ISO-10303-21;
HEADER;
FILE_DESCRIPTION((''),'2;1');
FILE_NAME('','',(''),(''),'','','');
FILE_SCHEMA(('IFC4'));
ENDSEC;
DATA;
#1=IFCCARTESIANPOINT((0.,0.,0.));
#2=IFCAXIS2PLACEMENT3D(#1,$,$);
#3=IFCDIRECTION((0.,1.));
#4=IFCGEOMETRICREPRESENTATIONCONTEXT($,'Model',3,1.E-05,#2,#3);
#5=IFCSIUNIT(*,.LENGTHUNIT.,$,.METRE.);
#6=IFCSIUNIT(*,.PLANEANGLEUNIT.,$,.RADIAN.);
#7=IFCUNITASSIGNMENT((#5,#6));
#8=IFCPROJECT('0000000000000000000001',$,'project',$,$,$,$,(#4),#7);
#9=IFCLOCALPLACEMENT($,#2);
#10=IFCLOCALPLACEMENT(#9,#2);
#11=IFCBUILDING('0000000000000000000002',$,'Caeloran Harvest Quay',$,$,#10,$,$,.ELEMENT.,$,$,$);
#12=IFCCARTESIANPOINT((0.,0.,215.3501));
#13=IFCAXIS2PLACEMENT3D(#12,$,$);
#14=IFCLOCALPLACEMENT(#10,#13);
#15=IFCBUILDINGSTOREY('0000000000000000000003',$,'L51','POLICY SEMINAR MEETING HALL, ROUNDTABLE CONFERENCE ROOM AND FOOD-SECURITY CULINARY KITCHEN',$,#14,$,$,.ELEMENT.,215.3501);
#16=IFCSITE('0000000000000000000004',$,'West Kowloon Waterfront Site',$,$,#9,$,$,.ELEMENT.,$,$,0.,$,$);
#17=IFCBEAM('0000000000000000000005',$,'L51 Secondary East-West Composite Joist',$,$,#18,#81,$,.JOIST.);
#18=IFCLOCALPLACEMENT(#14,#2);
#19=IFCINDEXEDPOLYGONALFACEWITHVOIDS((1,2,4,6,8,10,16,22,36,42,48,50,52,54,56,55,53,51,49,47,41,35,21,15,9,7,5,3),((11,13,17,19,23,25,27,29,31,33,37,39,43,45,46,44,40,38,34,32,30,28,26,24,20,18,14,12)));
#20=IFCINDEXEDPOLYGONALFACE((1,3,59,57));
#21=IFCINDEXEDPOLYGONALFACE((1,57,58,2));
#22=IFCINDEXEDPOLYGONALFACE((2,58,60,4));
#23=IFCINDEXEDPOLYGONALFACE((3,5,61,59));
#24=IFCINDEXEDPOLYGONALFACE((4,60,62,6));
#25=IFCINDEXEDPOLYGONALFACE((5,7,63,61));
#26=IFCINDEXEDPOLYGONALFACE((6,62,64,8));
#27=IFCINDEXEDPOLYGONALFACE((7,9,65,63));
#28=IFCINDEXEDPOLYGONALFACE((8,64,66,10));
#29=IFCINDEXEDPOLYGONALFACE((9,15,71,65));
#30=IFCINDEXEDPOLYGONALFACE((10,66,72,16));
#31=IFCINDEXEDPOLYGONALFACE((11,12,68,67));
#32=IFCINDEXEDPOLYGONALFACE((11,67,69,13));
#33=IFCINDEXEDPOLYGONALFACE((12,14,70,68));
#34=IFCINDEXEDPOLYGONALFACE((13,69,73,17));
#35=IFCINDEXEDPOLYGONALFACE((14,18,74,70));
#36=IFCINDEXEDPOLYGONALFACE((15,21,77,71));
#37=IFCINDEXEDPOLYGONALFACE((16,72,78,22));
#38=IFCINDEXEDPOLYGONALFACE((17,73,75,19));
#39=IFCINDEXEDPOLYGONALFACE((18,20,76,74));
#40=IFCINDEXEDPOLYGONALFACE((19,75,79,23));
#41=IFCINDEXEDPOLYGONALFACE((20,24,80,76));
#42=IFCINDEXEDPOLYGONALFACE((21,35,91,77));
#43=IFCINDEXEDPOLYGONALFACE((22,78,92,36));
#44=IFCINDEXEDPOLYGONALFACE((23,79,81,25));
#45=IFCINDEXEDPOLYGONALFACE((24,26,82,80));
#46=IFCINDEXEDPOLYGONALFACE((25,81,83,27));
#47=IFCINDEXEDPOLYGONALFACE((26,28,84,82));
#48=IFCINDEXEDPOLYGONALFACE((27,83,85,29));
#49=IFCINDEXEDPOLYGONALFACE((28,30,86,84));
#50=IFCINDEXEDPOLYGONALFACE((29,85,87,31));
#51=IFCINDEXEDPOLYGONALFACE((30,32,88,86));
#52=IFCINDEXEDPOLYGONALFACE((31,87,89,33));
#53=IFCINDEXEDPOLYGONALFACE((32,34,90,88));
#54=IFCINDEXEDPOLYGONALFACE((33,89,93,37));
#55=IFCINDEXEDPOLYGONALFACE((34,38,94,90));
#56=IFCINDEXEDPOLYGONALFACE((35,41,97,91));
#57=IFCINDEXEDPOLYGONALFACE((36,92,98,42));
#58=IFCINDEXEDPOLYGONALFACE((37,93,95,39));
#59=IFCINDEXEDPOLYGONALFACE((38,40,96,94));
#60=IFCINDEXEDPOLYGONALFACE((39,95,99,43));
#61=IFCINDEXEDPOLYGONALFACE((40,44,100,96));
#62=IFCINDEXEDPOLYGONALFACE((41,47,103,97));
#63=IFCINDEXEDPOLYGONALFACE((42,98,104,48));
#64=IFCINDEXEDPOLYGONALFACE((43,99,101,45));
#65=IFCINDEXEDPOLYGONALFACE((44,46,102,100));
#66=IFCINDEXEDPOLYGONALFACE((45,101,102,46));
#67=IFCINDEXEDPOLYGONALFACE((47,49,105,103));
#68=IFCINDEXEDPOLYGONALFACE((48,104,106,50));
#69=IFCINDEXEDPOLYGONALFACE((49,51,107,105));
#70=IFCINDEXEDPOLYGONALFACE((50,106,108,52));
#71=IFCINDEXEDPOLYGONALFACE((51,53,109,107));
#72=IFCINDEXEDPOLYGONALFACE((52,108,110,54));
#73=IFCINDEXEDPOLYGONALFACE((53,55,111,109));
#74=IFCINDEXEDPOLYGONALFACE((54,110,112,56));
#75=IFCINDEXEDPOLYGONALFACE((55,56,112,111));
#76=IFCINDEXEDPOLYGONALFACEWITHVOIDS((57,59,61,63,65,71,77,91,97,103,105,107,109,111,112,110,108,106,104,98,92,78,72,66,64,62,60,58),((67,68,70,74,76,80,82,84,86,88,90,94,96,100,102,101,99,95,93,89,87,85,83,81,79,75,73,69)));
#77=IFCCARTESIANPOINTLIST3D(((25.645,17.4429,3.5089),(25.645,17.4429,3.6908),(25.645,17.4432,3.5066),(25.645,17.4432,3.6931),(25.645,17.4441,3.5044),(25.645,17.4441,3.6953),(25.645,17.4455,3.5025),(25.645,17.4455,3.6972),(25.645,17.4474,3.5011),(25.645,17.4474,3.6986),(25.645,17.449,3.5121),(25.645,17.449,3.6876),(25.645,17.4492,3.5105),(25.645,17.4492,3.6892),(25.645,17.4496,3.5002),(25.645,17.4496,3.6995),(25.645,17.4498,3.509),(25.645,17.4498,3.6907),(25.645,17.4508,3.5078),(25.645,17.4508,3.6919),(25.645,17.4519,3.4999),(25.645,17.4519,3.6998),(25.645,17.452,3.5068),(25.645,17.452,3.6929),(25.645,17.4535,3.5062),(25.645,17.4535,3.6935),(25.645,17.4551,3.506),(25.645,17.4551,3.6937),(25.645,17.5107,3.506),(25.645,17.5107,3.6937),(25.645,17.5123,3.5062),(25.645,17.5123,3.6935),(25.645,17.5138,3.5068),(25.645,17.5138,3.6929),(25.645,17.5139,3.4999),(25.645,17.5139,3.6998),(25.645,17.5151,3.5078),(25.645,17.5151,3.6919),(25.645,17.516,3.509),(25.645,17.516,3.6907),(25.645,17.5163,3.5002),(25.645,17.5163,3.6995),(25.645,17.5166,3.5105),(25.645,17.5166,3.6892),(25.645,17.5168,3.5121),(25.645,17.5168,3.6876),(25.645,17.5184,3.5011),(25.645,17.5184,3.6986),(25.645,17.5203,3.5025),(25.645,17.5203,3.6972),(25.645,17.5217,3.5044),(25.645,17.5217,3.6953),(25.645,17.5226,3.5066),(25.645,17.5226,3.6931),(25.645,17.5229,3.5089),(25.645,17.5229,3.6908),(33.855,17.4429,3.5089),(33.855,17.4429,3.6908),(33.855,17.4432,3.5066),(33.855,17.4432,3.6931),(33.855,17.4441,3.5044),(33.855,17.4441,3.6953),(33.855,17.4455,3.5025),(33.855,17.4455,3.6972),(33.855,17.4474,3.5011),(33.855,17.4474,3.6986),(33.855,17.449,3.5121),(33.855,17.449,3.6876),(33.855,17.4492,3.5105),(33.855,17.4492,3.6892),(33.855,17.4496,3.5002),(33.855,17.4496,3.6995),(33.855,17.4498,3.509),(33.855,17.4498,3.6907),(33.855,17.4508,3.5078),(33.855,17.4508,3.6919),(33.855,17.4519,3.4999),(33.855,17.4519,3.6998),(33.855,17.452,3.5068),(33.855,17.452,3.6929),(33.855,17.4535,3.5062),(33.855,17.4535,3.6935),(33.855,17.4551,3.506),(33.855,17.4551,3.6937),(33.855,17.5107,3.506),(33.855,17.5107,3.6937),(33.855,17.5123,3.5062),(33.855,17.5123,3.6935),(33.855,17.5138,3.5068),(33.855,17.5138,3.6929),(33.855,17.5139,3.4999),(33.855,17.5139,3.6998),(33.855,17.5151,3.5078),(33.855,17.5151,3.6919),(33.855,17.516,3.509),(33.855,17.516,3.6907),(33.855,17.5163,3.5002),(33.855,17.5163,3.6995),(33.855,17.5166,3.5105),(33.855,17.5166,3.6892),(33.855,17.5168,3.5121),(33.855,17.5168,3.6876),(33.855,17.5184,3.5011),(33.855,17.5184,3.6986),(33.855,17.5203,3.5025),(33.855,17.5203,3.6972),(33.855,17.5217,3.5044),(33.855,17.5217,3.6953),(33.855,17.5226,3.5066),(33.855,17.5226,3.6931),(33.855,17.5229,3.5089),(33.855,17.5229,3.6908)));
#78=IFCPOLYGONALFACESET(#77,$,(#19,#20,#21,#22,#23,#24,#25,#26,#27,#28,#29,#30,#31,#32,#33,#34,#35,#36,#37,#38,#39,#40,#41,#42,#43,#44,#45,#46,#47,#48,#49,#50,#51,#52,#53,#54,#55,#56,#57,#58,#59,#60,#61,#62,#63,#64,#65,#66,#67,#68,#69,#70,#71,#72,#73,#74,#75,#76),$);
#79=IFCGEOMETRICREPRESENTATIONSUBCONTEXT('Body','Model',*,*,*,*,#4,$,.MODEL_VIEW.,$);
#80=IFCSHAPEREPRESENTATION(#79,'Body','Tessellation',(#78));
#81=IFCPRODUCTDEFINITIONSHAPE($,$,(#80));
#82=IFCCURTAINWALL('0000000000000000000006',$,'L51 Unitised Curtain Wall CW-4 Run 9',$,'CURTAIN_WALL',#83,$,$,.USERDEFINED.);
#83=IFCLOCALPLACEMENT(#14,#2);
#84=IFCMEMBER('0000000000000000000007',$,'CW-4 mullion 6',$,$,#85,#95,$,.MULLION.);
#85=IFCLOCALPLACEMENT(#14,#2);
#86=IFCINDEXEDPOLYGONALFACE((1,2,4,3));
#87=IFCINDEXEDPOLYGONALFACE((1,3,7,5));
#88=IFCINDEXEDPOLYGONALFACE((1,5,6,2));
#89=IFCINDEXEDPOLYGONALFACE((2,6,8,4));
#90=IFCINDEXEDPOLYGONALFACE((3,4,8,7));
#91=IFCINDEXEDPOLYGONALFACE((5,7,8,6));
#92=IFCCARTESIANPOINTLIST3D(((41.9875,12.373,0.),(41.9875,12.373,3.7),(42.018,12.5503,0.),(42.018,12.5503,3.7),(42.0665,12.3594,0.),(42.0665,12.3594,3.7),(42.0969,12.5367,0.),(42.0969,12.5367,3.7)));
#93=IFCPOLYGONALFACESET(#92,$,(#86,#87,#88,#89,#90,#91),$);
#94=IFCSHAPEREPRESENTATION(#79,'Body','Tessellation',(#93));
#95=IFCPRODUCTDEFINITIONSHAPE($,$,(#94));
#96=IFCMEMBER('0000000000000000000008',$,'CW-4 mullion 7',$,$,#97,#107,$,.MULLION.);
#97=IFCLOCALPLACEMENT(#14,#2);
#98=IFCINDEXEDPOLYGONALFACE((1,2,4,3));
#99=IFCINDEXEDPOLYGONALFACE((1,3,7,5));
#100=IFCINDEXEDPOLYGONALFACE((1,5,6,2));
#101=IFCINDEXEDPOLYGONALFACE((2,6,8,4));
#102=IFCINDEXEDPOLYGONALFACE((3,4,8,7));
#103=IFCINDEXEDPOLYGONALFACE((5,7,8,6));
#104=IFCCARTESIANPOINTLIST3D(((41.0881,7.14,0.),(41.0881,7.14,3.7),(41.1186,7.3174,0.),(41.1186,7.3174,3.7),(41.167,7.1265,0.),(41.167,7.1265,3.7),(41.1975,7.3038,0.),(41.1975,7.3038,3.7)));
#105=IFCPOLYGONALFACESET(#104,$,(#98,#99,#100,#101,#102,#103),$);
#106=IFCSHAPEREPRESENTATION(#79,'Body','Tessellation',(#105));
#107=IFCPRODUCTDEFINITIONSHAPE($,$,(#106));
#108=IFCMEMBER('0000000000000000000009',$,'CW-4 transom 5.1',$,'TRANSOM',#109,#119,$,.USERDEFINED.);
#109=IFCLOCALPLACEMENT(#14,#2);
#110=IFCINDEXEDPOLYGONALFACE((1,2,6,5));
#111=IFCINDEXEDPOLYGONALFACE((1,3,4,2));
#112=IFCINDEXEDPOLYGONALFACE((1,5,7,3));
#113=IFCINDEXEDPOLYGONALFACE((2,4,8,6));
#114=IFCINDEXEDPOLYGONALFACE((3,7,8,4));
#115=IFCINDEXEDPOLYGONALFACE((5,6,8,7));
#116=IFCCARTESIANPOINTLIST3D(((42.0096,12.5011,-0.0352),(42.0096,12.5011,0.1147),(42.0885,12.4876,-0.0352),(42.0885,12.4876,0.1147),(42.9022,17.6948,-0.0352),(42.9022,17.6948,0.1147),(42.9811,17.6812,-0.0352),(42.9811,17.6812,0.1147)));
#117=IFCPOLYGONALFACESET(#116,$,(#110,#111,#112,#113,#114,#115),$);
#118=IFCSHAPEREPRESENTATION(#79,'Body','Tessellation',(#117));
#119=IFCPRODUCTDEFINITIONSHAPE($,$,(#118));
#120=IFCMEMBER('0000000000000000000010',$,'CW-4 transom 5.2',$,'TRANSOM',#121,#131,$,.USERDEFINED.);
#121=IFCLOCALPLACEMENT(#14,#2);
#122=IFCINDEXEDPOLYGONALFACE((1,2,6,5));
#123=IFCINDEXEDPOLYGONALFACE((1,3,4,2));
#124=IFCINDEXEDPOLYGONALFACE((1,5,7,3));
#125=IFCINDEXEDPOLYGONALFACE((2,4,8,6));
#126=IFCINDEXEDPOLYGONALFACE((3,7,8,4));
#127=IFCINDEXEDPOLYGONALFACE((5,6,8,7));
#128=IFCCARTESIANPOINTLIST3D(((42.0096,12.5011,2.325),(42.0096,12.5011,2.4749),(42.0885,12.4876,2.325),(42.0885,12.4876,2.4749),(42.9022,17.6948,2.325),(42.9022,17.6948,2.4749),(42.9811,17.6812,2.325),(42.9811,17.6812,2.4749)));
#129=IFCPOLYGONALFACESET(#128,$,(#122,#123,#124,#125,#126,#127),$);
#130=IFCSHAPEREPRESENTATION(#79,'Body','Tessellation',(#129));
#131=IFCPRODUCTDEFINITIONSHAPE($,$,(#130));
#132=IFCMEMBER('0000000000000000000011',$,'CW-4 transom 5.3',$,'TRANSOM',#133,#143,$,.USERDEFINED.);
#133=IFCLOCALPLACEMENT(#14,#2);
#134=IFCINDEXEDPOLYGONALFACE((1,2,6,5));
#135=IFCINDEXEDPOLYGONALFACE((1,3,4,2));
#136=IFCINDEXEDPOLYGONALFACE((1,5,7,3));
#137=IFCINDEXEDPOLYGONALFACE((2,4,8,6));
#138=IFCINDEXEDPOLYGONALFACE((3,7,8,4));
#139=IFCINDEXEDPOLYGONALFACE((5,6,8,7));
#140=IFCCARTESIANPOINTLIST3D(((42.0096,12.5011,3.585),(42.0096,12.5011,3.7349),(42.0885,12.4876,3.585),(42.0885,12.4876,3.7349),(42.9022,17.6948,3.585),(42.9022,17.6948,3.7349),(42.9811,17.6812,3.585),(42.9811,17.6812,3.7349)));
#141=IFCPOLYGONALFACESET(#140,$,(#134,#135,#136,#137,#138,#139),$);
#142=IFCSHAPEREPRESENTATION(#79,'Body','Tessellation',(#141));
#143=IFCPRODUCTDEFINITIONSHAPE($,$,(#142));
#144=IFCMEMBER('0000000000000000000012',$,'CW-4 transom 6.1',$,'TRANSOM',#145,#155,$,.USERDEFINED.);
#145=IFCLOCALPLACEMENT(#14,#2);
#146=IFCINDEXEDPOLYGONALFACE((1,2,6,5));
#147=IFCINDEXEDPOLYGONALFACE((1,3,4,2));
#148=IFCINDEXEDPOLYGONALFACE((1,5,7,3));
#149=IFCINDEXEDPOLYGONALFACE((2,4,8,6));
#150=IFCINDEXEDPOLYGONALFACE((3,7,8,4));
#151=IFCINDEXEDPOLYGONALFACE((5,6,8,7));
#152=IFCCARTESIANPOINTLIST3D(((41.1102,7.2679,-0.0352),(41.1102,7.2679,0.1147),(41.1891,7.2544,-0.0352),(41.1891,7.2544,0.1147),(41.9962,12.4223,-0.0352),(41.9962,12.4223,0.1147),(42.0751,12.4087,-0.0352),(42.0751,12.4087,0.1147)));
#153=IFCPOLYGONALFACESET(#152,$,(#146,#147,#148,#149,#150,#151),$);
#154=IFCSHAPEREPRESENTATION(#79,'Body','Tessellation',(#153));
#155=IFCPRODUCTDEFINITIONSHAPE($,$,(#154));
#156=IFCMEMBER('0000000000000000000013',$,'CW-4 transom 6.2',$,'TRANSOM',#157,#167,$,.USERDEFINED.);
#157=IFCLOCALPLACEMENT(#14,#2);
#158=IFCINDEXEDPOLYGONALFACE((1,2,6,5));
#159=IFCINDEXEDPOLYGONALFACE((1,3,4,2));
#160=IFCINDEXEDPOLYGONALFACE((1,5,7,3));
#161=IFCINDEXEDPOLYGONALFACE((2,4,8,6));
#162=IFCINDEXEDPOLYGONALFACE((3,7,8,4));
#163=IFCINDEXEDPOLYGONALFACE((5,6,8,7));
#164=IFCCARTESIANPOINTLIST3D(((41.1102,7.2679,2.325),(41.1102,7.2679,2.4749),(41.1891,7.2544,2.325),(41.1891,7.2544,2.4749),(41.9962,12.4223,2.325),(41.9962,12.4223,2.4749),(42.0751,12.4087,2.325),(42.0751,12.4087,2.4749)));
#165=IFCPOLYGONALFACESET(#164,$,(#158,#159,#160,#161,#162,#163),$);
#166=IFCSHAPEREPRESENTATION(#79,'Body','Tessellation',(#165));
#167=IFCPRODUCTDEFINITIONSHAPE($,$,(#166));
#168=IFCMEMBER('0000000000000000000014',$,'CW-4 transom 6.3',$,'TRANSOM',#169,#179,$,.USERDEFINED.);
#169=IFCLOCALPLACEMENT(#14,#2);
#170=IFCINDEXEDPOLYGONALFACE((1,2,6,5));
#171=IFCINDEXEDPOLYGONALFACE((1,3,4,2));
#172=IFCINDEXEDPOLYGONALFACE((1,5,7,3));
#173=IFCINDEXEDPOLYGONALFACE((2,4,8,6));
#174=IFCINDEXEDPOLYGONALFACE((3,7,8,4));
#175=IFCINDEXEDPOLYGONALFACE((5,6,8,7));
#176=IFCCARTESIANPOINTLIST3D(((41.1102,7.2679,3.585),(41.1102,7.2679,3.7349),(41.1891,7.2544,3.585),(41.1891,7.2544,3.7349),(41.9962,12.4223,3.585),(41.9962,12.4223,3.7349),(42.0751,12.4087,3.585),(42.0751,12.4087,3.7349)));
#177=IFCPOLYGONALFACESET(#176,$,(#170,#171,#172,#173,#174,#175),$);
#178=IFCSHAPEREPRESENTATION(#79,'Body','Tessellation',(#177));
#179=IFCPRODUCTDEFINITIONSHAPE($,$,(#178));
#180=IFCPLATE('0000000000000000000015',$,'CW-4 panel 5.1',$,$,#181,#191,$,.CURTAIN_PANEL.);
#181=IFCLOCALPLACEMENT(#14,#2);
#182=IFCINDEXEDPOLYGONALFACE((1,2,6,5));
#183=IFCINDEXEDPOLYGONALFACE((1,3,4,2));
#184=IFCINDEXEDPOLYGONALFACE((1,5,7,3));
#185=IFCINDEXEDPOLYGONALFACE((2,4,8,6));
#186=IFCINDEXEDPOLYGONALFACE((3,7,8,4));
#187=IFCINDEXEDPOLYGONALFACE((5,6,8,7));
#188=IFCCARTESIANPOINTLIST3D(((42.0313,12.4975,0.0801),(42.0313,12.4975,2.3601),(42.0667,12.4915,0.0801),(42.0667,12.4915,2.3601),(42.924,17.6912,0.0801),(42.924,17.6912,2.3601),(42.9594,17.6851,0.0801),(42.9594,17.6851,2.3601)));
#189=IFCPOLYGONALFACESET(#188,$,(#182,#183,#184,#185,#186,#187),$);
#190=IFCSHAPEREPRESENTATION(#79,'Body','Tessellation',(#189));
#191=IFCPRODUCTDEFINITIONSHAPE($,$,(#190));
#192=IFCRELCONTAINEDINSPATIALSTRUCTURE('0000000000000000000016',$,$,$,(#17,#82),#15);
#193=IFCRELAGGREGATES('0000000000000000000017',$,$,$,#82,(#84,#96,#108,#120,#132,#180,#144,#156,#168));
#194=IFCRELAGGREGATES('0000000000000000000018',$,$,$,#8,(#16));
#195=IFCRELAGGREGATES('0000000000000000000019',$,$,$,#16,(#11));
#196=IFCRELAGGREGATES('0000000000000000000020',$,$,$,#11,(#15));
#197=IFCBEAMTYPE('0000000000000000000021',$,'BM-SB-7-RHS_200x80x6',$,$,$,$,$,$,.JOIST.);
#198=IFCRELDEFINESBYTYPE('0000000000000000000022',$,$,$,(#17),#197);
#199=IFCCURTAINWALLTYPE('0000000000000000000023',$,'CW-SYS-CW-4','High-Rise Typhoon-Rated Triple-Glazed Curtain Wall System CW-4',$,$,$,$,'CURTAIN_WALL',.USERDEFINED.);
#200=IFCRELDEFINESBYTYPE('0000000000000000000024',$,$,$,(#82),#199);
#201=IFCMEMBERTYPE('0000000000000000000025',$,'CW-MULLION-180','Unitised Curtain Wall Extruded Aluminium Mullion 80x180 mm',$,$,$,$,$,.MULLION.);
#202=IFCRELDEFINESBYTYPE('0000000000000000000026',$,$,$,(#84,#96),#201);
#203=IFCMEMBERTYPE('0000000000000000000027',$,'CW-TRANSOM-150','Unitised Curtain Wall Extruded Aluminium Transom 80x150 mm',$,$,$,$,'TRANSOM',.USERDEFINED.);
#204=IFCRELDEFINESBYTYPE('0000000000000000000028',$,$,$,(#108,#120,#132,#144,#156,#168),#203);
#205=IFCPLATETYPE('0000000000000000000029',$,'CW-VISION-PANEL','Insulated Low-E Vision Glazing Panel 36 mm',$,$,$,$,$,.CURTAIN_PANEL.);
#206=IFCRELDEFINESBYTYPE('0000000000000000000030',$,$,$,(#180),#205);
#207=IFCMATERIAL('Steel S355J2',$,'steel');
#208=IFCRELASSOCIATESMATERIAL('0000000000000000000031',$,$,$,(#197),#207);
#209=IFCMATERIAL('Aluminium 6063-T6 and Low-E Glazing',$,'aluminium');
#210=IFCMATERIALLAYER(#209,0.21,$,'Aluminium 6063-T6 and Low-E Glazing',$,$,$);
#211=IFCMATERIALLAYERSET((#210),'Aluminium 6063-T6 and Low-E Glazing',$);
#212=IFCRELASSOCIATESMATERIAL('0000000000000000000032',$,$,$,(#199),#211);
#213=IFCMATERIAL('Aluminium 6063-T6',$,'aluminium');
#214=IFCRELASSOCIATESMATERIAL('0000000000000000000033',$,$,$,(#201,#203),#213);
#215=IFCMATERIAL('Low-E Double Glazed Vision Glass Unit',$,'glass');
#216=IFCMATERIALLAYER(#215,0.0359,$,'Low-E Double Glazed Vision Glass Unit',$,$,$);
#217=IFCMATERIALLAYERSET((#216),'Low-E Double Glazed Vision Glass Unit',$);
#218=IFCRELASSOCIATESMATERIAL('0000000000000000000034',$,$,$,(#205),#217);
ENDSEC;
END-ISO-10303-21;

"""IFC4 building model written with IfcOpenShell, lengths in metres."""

from ifc_helpers import new_model, si_unit, direction, frame, origin, origin_2d, place, context, subcontext, project, spatial, rectangle, hollow_rectangle, extrude, material, layer, layer_set, material_profile, profile_set, type_object, element, aggregate, save


model = new_model("IFC4")

# Units and contexts
model_context = context("Model", 3, precision=1e-05, world=origin(), true_north=direction((0.0, 1.0)))
body_context = subcontext(model_context, "Body", "Model", "MODEL_VIEW")
ifc_project = project(units=[si_unit("LENGTHUNIT", "METRE"), si_unit("PLANEANGLEUNIT", "RADIAN")], contexts=[model_context])

# Site, building, storey
site_placement = place(None, origin())
site = spatial("IfcSite", under=ifc_project, at=site_placement, Name="West Kowloon Waterfront Site", CompositionType="ELEMENT", RefElevation=0.0)
building_placement = place(site_placement, origin())
building = spatial("IfcBuilding", under=site, at=building_placement, Name="Caeloran Harvest Quay", CompositionType="ELEMENT")
storey_placement = place(building_placement, frame((0.0, 0.0, 215.3501)))
storey = spatial("IfcBuildingStorey", under=building, at=storey_placement, Name="L51", Description="POLICY SEMINAR MEETING HALL, ROUNDTABLE CONFERENCE ROOM AND FOOD-SECURITY CULINARY KITCHEN", CompositionType="ELEMENT", Elevation=215.3501)

# Beam
ifc_material_1 = material(Name="Steel S355J2", Category="steel")
ifc_material_profile_1 = material_profile(ifc_material_1, hollow_rectangle(XDim=0.0801, YDim=0.2, WallThickness=0.0061, InnerFilletRadius=0.0061, OuterFilletRadius=0.009, at=origin_2d()), Name="RHS 200x80x6")
ifc_profile_set_1 = profile_set([ifc_material_profile_1], Name="Steel S355J2")
beam_type_1 = type_object("IfcBeamType", Name="BM-SB-7-RHS_200x80x6", PredefinedType="JOIST", material=ifc_profile_set_1)
for number, where, z_axis, x_axis, name in (
    (1, (25.645, 17.4829, 3.5999), (1.0, 0.0, 0.0), (0.0, 1.0, 0.0), "L51 Secondary East-West Composite Joist"),
):
    element("IfcBeam", number, at=place(storey_placement, frame(where, z_axis=z_axis, x_axis=x_axis)), inside=storey, type_object=beam_type_1, Name=name, PredefinedType="JOIST", context=body_context, shape_type="SweptSolid", body=[
        extrude(hollow_rectangle(XDim=0.0801, YDim=0.2, WallThickness=0.0061, InnerFilletRadius=0.0061, OuterFilletRadius=0.009, at=origin_2d()), origin(), (0.0, 0.0, 1.0), 8.21),
    ])

# Curtain wall, members, plate
ifc_material_2 = material(Name="Aluminium 6063-T6 and Low-E Glazing", Category="aluminium")
ifc_layer_1 = layer(ifc_material_2, 0.21, Name="Aluminium 6063-T6 and Low-E Glazing")
ifc_layer_set_1 = layer_set([ifc_layer_1], Name="Aluminium 6063-T6 and Low-E Glazing")
curtain_wall_type = type_object("IfcCurtainWallType", Name="CW-SYS-CW-4", Description="High-Rise Typhoon-Rated Triple-Glazed Curtain Wall System CW-4", ElementType="CURTAIN_WALL", PredefinedType="USERDEFINED", material=ifc_layer_set_1)
curtain_wall_placement = place(storey_placement, origin())
curtain_wall = element("IfcCurtainWall", 2, at=curtain_wall_placement, inside=storey, type_object=curtain_wall_type, Name="L51 Unitised Curtain Wall CW-4 Run 9", ObjectType="CURTAIN_WALL", PredefinedType="USERDEFINED")
ifc_material_3 = material(Name="Aluminium 6063-T6", Category="aluminium")
ifc_material_profile_2 = material_profile(ifc_material_3, rectangle(XDim=0.0801, YDim=0.1799, at=origin_2d()), Name="CW-MULLION-180")
ifc_profile_set_2 = profile_set([ifc_material_profile_2], Name="Aluminium 6063-T6")
member_type_1 = type_object("IfcMemberType", Name="CW-MULLION-180", Description="Unitised Curtain Wall Extruded Aluminium Mullion 80x180 mm", PredefinedType="MULLION", material=ifc_profile_set_2)
member_1_placement = place(storey_placement, frame((42.0422, 12.4548, 0.0), z_axis=(0.0, 0.0, 1.0), x_axis=(0.985549, -0.169391, 0.0)))
member_1 = element("IfcMember", 3, at=member_1_placement, type_object=member_type_1, Name="CW-4 mullion 6", PredefinedType="MULLION", context=body_context, shape_type="SweptSolid", body=[
    extrude(rectangle(XDim=0.0801, YDim=0.1799, at=origin_2d()), origin(), (0.0, 0.0, 1.0), 3.7),
])
member_2_placement = place(storey_placement, frame((41.1428, 7.2219, 0.0), z_axis=(0.0, 0.0, 1.0), x_axis=(0.985549, -0.169391, 0.0)))
member_2 = element("IfcMember", 4, at=member_2_placement, type_object=member_type_1, Name="CW-4 mullion 7", PredefinedType="MULLION", context=body_context, shape_type="SweptSolid", body=[
    extrude(rectangle(XDim=0.0801, YDim=0.1799, at=origin_2d()), origin(), (0.0, 0.0, 1.0), 3.7),
])
ifc_material_profile_3 = material_profile(ifc_material_3, rectangle(XDim=0.0801, YDim=0.1499, at=origin_2d()), Name="CW-TRANSOM-150")
ifc_profile_set_3 = profile_set([ifc_material_profile_3], Name="Aluminium 6063-T6")
member_type_2 = type_object("IfcMemberType", Name="CW-TRANSOM-150", Description="Unitised Curtain Wall Extruded Aluminium Transom 80x150 mm", ElementType="TRANSOM", PredefinedType="USERDEFINED", material=ifc_profile_set_3)
member_3_placement = place(storey_placement, frame((42.9417, 17.688, 0.0398), z_axis=(-0.169378, -0.985551, 0.0), x_axis=(0.985551, -0.169378, 0.0)))
member_3 = element("IfcMember", 5, at=member_3_placement, type_object=member_type_2, Name="CW-4 transom 5.1", ObjectType="TRANSOM", PredefinedType="USERDEFINED", context=body_context, shape_type="SweptSolid", body=[
    extrude(rectangle(XDim=0.0801, YDim=0.1499, at=origin_2d()), origin(), (0.0, 0.0, 1.0), 5.2698),
])
member_4_placement = place(storey_placement, frame((42.9417, 17.688, 2.3999), z_axis=(-0.169378, -0.985551, 0.0), x_axis=(0.985551, -0.169378, 0.0)))
member_4 = element("IfcMember", 6, at=member_4_placement, type_object=member_type_2, Name="CW-4 transom 5.2", ObjectType="TRANSOM", PredefinedType="USERDEFINED", context=body_context, shape_type="SweptSolid", body=[
    extrude(rectangle(XDim=0.0801, YDim=0.1499, at=origin_2d()), origin(), (0.0, 0.0, 1.0), 5.2698),
])
member_5_placement = place(storey_placement, frame((42.9417, 17.688, 3.6599), z_axis=(-0.169378, -0.985551, 0.0), x_axis=(0.985551, -0.169378, 0.0)))
member_5 = element("IfcMember", 7, at=member_5_placement, type_object=member_type_2, Name="CW-4 transom 5.3", ObjectType="TRANSOM", PredefinedType="USERDEFINED", context=body_context, shape_type="SweptSolid", body=[
    extrude(rectangle(XDim=0.0801, YDim=0.1499, at=origin_2d()), origin(), (0.0, 0.0, 1.0), 5.2698),
])
member_6_placement = place(storey_placement, frame((42.0356, 12.4155, 0.0398), z_axis=(-0.169408, -0.985546, 0.0), x_axis=(0.985546, -0.169408, 0.0)))
member_6 = element("IfcMember", 8, at=member_6_placement, type_object=member_type_2, Name="CW-4 transom 6.1", ObjectType="TRANSOM", PredefinedType="USERDEFINED", context=body_context, shape_type="SweptSolid", body=[
    extrude(rectangle(XDim=0.0801, YDim=0.1499, at=origin_2d()), origin(), (0.0, 0.0, 1.0), 5.23),
])
member_7_placement = place(storey_placement, frame((42.0356, 12.4155, 2.3999), z_axis=(-0.169408, -0.985546, 0.0), x_axis=(0.985546, -0.169408, 0.0)))
member_7 = element("IfcMember", 9, at=member_7_placement, type_object=member_type_2, Name="CW-4 transom 6.2", ObjectType="TRANSOM", PredefinedType="USERDEFINED", context=body_context, shape_type="SweptSolid", body=[
    extrude(rectangle(XDim=0.0801, YDim=0.1499, at=origin_2d()), origin(), (0.0, 0.0, 1.0), 5.23),
])
member_8_placement = place(storey_placement, frame((42.0356, 12.4155, 3.6599), z_axis=(-0.169408, -0.985546, 0.0), x_axis=(0.985546, -0.169408, 0.0)))
member_8 = element("IfcMember", 10, at=member_8_placement, type_object=member_type_2, Name="CW-4 transom 6.3", ObjectType="TRANSOM", PredefinedType="USERDEFINED", context=body_context, shape_type="SweptSolid", body=[
    extrude(rectangle(XDim=0.0801, YDim=0.1499, at=origin_2d()), origin(), (0.0, 0.0, 1.0), 5.23),
])
ifc_material_4 = material(Name="Low-E Double Glazed Vision Glass Unit", Category="glass")
ifc_layer_2 = layer(ifc_material_4, 0.0359, Name="Low-E Double Glazed Vision Glass Unit")
ifc_layer_set_2 = layer_set([ifc_layer_2], Name="Low-E Double Glazed Vision Glass Unit")
plate_type = type_object("IfcPlateType", Name="CW-VISION-PANEL", Description="Insulated Low-E Vision Glazing Panel 36 mm", PredefinedType="CURTAIN_PANEL", material=ifc_layer_set_2)
plate_1_placement = place(storey_placement, frame((42.4954, 15.0913, 0.0801), z_axis=(0.0, 0.0, 1.0), x_axis=(-0.169391, -0.985549, 0.0)))
plate_1 = element("IfcPlate", 11, at=plate_1_placement, type_object=plate_type, Name="CW-4 panel 5.1", PredefinedType="CURTAIN_PANEL", context=body_context, shape_type="SweptSolid", body=[
    extrude(rectangle(XDim=5.2698, YDim=0.0359, at=origin_2d()), origin(), (0.0, 0.0, 1.0), 2.28),
])
aggregate(curtain_wall, [member_1, member_2, member_3, member_4, member_5, plate_1, member_6, member_7, member_8])

save(model, "model.ifc")
